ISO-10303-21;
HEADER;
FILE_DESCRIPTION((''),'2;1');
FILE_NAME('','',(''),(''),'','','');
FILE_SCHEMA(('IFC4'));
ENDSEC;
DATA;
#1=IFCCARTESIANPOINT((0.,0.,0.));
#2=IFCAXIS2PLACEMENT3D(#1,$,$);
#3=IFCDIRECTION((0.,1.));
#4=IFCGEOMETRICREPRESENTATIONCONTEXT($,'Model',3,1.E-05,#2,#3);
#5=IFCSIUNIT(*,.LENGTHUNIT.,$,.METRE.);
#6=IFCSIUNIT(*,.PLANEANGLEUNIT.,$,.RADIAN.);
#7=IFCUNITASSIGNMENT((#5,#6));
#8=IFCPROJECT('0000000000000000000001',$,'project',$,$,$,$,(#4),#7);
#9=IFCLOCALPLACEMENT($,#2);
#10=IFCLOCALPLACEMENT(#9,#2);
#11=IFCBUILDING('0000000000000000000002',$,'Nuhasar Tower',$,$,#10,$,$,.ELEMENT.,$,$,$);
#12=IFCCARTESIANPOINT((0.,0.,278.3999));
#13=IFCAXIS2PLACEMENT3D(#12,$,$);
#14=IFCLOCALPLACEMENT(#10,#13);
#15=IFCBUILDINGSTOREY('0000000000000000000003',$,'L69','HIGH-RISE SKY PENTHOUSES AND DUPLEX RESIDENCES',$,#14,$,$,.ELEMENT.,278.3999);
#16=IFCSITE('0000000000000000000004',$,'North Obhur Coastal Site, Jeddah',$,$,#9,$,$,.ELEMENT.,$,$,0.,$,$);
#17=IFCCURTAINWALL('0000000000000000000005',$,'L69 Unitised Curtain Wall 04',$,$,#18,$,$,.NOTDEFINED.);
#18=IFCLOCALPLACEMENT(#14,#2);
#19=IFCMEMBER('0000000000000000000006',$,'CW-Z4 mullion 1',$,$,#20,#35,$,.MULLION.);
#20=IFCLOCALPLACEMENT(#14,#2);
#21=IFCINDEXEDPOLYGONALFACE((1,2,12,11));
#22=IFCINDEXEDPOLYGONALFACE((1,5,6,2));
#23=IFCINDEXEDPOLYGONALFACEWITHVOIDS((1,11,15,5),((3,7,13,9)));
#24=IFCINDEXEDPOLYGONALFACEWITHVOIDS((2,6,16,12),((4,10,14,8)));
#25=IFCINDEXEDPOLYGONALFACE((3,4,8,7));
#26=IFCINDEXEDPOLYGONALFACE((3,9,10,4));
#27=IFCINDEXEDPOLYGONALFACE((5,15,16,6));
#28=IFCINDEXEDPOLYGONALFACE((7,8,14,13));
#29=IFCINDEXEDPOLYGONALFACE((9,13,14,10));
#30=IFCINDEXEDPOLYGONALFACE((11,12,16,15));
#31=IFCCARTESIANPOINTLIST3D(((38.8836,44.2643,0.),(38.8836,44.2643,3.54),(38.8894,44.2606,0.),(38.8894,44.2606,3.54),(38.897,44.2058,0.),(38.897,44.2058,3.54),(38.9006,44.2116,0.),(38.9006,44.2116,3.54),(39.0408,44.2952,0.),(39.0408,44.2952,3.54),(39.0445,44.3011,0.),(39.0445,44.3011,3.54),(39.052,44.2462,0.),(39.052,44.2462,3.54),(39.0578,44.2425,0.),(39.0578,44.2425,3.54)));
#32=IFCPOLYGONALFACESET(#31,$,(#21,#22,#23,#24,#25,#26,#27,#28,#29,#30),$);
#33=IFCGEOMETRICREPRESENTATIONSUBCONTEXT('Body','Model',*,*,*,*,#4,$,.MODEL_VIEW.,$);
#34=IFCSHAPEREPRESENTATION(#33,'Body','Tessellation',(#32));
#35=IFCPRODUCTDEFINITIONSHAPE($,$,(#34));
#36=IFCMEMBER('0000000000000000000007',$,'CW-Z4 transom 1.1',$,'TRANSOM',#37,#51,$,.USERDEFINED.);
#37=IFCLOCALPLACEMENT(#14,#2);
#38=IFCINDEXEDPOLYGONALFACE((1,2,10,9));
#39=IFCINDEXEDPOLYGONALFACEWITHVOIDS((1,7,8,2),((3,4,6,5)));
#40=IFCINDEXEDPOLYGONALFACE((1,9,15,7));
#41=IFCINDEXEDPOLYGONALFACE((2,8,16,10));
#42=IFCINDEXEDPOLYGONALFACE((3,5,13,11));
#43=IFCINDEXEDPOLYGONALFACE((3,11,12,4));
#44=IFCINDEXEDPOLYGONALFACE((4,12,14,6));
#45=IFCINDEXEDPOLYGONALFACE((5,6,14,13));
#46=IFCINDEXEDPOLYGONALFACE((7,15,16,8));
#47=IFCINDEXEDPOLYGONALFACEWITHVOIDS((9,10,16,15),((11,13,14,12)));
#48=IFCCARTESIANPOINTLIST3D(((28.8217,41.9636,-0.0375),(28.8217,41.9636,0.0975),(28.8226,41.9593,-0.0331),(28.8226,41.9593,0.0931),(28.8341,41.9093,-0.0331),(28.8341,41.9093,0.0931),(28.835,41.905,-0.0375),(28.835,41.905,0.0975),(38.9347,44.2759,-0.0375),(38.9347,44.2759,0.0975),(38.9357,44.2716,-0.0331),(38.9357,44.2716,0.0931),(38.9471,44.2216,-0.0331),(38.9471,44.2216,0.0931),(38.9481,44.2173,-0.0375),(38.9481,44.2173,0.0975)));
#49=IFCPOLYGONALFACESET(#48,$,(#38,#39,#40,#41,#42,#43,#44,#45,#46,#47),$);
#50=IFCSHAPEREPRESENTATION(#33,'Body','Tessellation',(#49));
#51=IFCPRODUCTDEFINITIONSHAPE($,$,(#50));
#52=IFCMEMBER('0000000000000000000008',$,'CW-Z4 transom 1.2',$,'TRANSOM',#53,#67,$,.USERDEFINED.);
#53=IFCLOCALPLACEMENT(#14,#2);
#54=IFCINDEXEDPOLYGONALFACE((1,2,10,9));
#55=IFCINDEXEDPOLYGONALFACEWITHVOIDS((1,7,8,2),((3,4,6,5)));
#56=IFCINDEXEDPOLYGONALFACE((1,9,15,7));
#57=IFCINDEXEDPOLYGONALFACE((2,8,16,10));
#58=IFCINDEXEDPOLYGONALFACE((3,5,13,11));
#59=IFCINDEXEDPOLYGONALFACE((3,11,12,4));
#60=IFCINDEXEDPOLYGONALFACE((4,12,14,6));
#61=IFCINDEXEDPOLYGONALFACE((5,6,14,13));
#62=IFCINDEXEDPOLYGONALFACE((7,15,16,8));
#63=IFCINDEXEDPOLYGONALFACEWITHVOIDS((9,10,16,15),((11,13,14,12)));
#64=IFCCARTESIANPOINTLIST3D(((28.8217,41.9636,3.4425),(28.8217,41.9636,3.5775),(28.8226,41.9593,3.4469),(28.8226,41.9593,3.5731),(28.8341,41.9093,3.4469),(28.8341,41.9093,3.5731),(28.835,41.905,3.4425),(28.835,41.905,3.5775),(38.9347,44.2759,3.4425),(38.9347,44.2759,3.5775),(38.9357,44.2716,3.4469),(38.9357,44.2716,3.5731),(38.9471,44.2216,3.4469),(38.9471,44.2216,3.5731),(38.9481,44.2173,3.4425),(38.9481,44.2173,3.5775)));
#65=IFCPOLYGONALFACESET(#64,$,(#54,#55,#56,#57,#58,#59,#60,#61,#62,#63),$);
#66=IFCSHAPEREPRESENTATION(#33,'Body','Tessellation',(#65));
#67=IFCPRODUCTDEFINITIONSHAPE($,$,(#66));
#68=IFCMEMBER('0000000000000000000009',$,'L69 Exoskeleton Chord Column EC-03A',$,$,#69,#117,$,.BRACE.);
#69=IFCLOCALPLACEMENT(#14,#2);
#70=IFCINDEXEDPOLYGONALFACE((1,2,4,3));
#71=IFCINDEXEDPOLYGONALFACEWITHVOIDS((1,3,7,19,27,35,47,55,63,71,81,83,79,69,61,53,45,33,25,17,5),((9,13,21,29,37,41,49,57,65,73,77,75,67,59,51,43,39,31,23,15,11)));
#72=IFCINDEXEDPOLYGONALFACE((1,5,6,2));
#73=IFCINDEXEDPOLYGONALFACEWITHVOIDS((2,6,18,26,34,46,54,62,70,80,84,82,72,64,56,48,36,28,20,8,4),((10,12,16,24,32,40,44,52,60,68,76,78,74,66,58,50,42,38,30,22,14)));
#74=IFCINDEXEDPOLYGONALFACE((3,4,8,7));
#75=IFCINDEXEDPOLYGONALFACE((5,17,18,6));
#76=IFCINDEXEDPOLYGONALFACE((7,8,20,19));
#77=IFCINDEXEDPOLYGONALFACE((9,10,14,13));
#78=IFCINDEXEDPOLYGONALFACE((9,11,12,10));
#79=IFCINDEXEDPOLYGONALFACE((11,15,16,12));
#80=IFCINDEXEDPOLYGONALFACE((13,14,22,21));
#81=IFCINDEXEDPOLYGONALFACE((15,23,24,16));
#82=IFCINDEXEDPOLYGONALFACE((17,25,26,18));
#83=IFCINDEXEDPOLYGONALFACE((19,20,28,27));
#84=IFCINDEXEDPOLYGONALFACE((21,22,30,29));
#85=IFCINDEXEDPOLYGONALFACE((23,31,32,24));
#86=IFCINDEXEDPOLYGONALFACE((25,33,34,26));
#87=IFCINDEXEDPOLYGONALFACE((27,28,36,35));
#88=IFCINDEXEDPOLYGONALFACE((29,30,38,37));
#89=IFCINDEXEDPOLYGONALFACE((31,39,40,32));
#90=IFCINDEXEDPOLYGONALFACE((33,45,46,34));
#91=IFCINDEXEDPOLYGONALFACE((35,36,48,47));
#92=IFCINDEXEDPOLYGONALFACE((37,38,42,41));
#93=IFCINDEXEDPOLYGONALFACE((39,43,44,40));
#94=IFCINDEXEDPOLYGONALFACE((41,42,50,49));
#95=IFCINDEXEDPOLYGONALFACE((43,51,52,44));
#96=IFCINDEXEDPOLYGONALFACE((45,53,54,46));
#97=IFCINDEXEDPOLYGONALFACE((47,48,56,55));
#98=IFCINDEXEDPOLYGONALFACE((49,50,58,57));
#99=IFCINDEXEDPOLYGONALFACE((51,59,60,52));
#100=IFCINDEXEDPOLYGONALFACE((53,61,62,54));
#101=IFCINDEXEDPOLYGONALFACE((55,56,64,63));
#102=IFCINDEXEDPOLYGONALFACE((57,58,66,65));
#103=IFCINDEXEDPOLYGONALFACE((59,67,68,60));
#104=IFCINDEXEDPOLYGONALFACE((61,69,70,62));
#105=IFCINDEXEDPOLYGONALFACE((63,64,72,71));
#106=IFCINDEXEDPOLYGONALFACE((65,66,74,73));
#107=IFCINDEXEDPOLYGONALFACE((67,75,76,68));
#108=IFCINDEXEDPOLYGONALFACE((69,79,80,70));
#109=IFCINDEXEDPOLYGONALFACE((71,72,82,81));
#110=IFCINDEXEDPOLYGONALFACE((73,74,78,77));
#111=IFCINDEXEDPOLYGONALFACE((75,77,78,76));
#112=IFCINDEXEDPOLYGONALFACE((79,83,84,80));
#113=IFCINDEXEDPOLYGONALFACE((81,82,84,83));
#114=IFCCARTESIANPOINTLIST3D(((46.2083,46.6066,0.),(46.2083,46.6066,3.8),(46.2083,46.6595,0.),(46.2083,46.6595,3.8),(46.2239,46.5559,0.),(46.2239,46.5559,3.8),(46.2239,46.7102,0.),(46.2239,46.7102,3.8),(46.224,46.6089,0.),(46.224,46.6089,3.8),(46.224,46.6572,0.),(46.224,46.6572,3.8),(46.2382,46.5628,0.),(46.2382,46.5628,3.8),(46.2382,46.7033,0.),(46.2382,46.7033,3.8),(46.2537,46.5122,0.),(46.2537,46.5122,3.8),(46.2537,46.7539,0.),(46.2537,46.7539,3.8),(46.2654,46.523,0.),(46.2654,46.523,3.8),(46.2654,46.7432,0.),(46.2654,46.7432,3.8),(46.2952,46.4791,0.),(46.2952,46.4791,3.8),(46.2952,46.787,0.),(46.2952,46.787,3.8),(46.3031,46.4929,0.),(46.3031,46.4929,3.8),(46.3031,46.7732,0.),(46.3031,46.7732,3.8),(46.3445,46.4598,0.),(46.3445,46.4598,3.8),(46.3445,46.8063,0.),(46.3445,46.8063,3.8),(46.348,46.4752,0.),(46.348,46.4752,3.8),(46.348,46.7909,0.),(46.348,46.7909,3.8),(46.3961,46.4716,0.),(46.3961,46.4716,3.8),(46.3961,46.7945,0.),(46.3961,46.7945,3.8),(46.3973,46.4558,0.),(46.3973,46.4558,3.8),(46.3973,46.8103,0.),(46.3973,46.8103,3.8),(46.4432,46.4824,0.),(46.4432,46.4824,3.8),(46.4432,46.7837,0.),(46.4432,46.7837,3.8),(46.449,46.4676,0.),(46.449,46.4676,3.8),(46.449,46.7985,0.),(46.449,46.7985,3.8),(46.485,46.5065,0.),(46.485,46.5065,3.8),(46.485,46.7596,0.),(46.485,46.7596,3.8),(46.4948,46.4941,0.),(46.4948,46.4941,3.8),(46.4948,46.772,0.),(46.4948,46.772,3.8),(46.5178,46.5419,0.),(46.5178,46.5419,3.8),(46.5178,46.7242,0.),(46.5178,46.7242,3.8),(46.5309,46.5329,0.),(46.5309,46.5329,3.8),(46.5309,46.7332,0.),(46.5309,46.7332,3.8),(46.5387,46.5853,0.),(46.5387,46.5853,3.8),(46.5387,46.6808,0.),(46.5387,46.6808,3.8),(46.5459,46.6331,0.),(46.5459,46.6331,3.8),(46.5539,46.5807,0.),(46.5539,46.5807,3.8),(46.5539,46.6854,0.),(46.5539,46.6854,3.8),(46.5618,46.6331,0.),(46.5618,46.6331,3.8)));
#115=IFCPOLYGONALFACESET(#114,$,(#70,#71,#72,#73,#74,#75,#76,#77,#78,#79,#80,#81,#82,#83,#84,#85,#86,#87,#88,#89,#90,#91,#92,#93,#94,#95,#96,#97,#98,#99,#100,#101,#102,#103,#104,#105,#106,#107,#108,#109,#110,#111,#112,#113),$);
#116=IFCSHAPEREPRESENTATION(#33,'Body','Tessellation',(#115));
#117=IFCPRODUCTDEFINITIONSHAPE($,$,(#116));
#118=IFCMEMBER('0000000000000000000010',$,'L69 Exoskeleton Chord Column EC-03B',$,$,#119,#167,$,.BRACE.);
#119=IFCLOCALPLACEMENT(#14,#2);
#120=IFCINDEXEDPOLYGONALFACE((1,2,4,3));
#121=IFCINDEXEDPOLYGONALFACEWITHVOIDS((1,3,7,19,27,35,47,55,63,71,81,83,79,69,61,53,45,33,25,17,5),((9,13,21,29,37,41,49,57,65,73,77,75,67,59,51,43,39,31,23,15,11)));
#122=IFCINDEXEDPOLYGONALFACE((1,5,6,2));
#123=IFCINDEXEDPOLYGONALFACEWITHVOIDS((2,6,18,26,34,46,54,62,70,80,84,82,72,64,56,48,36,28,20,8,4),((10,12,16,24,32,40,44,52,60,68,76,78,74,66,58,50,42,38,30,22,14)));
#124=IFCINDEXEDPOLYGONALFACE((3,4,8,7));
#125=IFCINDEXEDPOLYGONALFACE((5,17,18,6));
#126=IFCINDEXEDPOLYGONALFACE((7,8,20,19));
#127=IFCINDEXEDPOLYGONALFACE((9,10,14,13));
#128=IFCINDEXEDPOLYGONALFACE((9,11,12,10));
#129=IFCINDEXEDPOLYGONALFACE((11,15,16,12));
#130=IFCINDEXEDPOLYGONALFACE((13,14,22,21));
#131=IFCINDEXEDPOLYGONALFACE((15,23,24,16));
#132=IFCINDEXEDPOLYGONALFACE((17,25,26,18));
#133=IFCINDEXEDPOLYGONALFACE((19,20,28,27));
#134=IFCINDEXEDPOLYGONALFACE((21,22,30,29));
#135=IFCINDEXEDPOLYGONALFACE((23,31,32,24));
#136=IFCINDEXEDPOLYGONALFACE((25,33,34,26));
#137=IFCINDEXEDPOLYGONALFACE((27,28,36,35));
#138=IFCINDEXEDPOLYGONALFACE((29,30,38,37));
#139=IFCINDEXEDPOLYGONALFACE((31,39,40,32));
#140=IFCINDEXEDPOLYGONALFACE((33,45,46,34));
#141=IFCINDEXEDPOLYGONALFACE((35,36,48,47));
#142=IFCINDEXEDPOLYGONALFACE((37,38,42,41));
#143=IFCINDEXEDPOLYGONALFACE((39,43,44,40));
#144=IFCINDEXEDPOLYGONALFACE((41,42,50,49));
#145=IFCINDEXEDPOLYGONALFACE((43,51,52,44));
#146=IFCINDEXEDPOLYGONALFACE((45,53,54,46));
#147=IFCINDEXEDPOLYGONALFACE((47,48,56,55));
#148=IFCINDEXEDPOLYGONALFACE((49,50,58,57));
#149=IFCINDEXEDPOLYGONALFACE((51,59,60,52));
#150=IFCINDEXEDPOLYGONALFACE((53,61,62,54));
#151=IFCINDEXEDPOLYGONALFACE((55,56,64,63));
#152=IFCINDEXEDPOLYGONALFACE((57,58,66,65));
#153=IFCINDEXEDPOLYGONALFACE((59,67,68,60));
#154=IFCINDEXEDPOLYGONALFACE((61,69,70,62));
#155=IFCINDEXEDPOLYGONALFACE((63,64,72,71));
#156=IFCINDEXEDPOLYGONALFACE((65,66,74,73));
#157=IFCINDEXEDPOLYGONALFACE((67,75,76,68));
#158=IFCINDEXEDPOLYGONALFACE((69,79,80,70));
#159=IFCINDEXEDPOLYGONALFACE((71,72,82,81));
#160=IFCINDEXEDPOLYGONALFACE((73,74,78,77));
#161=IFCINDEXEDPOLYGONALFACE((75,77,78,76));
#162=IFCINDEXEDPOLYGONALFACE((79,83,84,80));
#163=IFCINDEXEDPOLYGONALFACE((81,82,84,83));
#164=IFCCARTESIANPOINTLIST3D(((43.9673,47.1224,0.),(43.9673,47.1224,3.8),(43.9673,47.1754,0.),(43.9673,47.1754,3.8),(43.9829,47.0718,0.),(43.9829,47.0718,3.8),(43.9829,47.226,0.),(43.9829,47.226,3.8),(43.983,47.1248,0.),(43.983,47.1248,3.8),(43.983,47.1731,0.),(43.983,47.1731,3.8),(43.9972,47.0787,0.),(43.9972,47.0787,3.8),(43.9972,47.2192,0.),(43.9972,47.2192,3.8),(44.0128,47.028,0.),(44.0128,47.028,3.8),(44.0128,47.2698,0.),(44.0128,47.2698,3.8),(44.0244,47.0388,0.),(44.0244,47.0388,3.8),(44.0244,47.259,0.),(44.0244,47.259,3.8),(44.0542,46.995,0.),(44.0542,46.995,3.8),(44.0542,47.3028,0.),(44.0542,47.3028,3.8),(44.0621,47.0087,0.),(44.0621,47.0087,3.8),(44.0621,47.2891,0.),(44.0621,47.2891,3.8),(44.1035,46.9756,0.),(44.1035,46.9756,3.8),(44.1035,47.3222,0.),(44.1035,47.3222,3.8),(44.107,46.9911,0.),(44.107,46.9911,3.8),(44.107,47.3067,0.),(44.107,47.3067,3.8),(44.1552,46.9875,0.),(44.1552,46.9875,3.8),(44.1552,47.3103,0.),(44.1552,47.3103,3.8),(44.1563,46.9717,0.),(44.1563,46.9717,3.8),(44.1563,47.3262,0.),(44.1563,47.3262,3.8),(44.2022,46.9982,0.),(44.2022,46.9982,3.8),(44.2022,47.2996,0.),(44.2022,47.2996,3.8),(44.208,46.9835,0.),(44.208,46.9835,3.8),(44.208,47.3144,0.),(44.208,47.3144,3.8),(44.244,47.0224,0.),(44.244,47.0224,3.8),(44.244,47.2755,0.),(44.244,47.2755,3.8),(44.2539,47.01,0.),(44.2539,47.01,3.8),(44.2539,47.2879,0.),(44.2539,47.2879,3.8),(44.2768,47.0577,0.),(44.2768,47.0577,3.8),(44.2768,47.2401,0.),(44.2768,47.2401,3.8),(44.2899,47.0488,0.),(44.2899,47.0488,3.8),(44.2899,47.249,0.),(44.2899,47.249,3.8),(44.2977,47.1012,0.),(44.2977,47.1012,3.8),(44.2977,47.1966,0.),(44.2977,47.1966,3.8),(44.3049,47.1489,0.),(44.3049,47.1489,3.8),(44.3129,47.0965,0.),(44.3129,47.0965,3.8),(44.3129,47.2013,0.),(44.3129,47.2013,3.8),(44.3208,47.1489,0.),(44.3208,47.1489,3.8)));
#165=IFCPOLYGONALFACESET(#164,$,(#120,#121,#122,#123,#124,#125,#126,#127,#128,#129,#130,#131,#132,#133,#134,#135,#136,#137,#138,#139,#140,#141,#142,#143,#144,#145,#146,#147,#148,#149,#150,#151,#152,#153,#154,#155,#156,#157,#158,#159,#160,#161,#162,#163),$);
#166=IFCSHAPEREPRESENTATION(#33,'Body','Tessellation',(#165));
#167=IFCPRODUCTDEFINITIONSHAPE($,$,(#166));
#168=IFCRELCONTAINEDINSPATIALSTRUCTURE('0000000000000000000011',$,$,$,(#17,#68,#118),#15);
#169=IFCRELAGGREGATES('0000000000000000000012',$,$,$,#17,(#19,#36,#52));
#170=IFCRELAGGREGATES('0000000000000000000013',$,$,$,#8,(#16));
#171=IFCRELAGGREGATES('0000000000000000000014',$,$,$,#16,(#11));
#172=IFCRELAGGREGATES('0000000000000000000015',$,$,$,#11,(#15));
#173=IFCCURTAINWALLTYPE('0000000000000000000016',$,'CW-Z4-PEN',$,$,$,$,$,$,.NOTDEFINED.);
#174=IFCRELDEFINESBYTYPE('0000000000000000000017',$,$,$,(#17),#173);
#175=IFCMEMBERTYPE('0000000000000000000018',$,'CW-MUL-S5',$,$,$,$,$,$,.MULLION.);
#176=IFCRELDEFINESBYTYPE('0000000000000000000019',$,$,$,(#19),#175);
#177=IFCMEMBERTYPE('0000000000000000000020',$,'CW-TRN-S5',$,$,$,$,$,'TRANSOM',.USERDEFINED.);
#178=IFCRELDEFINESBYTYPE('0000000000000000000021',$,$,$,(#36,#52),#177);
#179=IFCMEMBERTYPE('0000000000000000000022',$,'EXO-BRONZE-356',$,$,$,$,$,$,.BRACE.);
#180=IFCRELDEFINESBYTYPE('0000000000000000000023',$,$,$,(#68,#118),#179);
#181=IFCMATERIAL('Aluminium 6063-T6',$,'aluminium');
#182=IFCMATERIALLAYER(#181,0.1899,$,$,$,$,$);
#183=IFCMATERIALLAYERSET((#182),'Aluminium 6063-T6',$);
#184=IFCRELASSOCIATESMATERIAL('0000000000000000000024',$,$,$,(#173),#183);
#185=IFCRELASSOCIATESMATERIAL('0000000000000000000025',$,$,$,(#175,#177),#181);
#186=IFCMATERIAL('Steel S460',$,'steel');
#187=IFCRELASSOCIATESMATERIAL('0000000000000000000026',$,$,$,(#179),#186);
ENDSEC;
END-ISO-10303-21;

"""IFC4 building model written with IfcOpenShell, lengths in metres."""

from ifc_helpers import new_model, si_unit, direction, frame, origin, origin_2d, place, context, subcontext, project, spatial, hollow_rectangle, hollow_circle, extrude, material, layer, layer_set, material_profile, profile_set, type_object, element, aggregate, save


model = new_model("IFC4")

# Units and contexts
model_context = context("Model", 3, precision=1e-05, world=origin(), true_north=direction((0.0, 1.0)))
body_context = subcontext(model_context, "Body", "Model", "MODEL_VIEW")
ifc_project = project(units=[si_unit("LENGTHUNIT", "METRE"), si_unit("PLANEANGLEUNIT", "RADIAN")], contexts=[model_context])

# Site, building, storey
site_placement = place(None, origin())
site = spatial("IfcSite", under=ifc_project, at=site_placement, Name="North Obhur Coastal Site, Jeddah", CompositionType="ELEMENT", RefElevation=0.0)
building_placement = place(site_placement, origin())
building = spatial("IfcBuilding", under=site, at=building_placement, Name="Nuhasar Tower", CompositionType="ELEMENT")
storey_placement = place(building_placement, frame((0.0, 0.0, 278.3999)))
storey = spatial("IfcBuildingStorey", under=building, at=storey_placement, Name="L69", Description="HIGH-RISE SKY PENTHOUSES AND DUPLEX RESIDENCES", CompositionType="ELEMENT", Elevation=278.3999)

# Shared definitions
ifc_material_1 = material(Name="Aluminium 6063-T6", Category="aluminium")
ifc_layer_1 = layer(ifc_material_1, 0.1899)
ifc_layer_set_1 = layer_set([ifc_layer_1], Name="Aluminium 6063-T6")
curtain_wall_type = type_object("IfcCurtainWallType", Name="CW-Z4-PEN", PredefinedType="NOTDEFINED", material=ifc_layer_set_1)
ifc_material_profile_1 = material_profile(ifc_material_1, hollow_rectangle(XDim=0.0601, YDim=0.165, WallThickness=0.0049, at=origin_2d()), Name="CWM-5")
ifc_profile_set_1 = profile_set([ifc_material_profile_1], Name="Aluminium 6063-T6")
member_type_1 = type_object("IfcMemberType", Name="CW-MUL-S5", PredefinedType="MULLION", material=ifc_profile_set_1)

# Curtain wall, members
curtain_wall_1_placement = place(storey_placement, origin())
curtain_wall_1 = element("IfcCurtainWall", 1, at=curtain_wall_1_placement, inside=storey, type_object=curtain_wall_type, Name="L69 Unitised Curtain Wall 04", PredefinedType="NOTDEFINED")
member_1_placement = place(storey_placement, frame((38.9707, 44.2534, 0.0), z_axis=(0.0, 0.0, 1.0), x_axis=(0.222889, -0.974844, 0.0)))
member_1 = element("IfcMember", 2, at=member_1_placement, type_object=member_type_1, Name="CW-Z4 mullion 1", PredefinedType="MULLION", context=body_context, shape_type="SweptSolid", body=[
    extrude(hollow_rectangle(XDim=0.0601, YDim=0.165, WallThickness=0.0049, at=origin_2d()), origin(), (0.0, 0.0, 1.0), 3.54),
])
ifc_material_profile_2 = material_profile(ifc_material_1, hollow_rectangle(XDim=0.0601, YDim=0.135, WallThickness=0.0044, at=origin_2d()), Name="CWT-5")
ifc_profile_set_2 = profile_set([ifc_material_profile_2], Name="Aluminium 6063-T6")
member_type_2 = type_object("IfcMemberType", Name="CW-TRN-S5", ElementType="TRANSOM", PredefinedType="USERDEFINED", material=ifc_profile_set_2)
member_2_placement = place(storey_placement, frame((38.9414, 44.2466, 0.03), z_axis=(-0.974844, -0.222889, 0.0), x_axis=(0.222889, -0.974844, 0.0)))
member_2 = element("IfcMember", 3, at=member_2_placement, type_object=member_type_2, Name="CW-Z4 transom 1.1", ObjectType="TRANSOM", PredefinedType="USERDEFINED", context=body_context, shape_type="SweptSolid", body=[
    extrude(hollow_rectangle(XDim=0.0601, YDim=0.135, WallThickness=0.0044, at=origin_2d()), origin(), (0.0, 0.0, 1.0), 10.374),
])
member_3_placement = place(storey_placement, frame((38.9414, 44.2466, 3.51), z_axis=(-0.974844, -0.222889, 0.0), x_axis=(0.222889, -0.974844, 0.0)))
member_3 = element("IfcMember", 4, at=member_3_placement, type_object=member_type_2, Name="CW-Z4 transom 1.2", ObjectType="TRANSOM", PredefinedType="USERDEFINED", context=body_context, shape_type="SweptSolid", body=[
    extrude(hollow_rectangle(XDim=0.0601, YDim=0.135, WallThickness=0.0044, at=origin_2d()), origin(), (0.0, 0.0, 1.0), 10.374),
])
aggregate(curtain_wall_1, [member_1, member_2, member_3])

# Members
ifc_material_2 = material(Name="Steel S460", Category="steel")
ifc_material_profile_3 = material_profile(ifc_material_2, hollow_circle(Radius=0.1777, WallThickness=0.0159, at=origin_2d()), Name="HSS355.6X15.9")
ifc_profile_set_3 = profile_set([ifc_material_profile_3], Name="Steel S460")
member_type_3 = type_object("IfcMemberType", Name="EXO-BRONZE-356", PredefinedType="BRACE", material=ifc_profile_set_3)
for number, where, z_axis, x_axis, name in (
    (5, (46.384, 46.6331, 0.0), (0.0, 0.0, 1.0), (1.0, 0.0, 0.0), "L69 Exoskeleton Chord Column EC-03A"),
    (6, (44.1431, 47.1489, 0.0), (0.0, 0.0, 1.0), (1.0, 0.0, 0.0), "L69 Exoskeleton Chord Column EC-03B"),
):
    element("IfcMember", number, at=place(storey_placement, frame(where, z_axis=z_axis, x_axis=x_axis)), inside=storey, type_object=member_type_3, Name=name, PredefinedType="BRACE", context=body_context, shape_type="SweptSolid", body=[
        extrude(hollow_circle(Radius=0.1777, WallThickness=0.0159, at=origin_2d()), origin(), (0.0, 0.0, 1.0), 3.8),
    ])

save(model, "model.ifc")
